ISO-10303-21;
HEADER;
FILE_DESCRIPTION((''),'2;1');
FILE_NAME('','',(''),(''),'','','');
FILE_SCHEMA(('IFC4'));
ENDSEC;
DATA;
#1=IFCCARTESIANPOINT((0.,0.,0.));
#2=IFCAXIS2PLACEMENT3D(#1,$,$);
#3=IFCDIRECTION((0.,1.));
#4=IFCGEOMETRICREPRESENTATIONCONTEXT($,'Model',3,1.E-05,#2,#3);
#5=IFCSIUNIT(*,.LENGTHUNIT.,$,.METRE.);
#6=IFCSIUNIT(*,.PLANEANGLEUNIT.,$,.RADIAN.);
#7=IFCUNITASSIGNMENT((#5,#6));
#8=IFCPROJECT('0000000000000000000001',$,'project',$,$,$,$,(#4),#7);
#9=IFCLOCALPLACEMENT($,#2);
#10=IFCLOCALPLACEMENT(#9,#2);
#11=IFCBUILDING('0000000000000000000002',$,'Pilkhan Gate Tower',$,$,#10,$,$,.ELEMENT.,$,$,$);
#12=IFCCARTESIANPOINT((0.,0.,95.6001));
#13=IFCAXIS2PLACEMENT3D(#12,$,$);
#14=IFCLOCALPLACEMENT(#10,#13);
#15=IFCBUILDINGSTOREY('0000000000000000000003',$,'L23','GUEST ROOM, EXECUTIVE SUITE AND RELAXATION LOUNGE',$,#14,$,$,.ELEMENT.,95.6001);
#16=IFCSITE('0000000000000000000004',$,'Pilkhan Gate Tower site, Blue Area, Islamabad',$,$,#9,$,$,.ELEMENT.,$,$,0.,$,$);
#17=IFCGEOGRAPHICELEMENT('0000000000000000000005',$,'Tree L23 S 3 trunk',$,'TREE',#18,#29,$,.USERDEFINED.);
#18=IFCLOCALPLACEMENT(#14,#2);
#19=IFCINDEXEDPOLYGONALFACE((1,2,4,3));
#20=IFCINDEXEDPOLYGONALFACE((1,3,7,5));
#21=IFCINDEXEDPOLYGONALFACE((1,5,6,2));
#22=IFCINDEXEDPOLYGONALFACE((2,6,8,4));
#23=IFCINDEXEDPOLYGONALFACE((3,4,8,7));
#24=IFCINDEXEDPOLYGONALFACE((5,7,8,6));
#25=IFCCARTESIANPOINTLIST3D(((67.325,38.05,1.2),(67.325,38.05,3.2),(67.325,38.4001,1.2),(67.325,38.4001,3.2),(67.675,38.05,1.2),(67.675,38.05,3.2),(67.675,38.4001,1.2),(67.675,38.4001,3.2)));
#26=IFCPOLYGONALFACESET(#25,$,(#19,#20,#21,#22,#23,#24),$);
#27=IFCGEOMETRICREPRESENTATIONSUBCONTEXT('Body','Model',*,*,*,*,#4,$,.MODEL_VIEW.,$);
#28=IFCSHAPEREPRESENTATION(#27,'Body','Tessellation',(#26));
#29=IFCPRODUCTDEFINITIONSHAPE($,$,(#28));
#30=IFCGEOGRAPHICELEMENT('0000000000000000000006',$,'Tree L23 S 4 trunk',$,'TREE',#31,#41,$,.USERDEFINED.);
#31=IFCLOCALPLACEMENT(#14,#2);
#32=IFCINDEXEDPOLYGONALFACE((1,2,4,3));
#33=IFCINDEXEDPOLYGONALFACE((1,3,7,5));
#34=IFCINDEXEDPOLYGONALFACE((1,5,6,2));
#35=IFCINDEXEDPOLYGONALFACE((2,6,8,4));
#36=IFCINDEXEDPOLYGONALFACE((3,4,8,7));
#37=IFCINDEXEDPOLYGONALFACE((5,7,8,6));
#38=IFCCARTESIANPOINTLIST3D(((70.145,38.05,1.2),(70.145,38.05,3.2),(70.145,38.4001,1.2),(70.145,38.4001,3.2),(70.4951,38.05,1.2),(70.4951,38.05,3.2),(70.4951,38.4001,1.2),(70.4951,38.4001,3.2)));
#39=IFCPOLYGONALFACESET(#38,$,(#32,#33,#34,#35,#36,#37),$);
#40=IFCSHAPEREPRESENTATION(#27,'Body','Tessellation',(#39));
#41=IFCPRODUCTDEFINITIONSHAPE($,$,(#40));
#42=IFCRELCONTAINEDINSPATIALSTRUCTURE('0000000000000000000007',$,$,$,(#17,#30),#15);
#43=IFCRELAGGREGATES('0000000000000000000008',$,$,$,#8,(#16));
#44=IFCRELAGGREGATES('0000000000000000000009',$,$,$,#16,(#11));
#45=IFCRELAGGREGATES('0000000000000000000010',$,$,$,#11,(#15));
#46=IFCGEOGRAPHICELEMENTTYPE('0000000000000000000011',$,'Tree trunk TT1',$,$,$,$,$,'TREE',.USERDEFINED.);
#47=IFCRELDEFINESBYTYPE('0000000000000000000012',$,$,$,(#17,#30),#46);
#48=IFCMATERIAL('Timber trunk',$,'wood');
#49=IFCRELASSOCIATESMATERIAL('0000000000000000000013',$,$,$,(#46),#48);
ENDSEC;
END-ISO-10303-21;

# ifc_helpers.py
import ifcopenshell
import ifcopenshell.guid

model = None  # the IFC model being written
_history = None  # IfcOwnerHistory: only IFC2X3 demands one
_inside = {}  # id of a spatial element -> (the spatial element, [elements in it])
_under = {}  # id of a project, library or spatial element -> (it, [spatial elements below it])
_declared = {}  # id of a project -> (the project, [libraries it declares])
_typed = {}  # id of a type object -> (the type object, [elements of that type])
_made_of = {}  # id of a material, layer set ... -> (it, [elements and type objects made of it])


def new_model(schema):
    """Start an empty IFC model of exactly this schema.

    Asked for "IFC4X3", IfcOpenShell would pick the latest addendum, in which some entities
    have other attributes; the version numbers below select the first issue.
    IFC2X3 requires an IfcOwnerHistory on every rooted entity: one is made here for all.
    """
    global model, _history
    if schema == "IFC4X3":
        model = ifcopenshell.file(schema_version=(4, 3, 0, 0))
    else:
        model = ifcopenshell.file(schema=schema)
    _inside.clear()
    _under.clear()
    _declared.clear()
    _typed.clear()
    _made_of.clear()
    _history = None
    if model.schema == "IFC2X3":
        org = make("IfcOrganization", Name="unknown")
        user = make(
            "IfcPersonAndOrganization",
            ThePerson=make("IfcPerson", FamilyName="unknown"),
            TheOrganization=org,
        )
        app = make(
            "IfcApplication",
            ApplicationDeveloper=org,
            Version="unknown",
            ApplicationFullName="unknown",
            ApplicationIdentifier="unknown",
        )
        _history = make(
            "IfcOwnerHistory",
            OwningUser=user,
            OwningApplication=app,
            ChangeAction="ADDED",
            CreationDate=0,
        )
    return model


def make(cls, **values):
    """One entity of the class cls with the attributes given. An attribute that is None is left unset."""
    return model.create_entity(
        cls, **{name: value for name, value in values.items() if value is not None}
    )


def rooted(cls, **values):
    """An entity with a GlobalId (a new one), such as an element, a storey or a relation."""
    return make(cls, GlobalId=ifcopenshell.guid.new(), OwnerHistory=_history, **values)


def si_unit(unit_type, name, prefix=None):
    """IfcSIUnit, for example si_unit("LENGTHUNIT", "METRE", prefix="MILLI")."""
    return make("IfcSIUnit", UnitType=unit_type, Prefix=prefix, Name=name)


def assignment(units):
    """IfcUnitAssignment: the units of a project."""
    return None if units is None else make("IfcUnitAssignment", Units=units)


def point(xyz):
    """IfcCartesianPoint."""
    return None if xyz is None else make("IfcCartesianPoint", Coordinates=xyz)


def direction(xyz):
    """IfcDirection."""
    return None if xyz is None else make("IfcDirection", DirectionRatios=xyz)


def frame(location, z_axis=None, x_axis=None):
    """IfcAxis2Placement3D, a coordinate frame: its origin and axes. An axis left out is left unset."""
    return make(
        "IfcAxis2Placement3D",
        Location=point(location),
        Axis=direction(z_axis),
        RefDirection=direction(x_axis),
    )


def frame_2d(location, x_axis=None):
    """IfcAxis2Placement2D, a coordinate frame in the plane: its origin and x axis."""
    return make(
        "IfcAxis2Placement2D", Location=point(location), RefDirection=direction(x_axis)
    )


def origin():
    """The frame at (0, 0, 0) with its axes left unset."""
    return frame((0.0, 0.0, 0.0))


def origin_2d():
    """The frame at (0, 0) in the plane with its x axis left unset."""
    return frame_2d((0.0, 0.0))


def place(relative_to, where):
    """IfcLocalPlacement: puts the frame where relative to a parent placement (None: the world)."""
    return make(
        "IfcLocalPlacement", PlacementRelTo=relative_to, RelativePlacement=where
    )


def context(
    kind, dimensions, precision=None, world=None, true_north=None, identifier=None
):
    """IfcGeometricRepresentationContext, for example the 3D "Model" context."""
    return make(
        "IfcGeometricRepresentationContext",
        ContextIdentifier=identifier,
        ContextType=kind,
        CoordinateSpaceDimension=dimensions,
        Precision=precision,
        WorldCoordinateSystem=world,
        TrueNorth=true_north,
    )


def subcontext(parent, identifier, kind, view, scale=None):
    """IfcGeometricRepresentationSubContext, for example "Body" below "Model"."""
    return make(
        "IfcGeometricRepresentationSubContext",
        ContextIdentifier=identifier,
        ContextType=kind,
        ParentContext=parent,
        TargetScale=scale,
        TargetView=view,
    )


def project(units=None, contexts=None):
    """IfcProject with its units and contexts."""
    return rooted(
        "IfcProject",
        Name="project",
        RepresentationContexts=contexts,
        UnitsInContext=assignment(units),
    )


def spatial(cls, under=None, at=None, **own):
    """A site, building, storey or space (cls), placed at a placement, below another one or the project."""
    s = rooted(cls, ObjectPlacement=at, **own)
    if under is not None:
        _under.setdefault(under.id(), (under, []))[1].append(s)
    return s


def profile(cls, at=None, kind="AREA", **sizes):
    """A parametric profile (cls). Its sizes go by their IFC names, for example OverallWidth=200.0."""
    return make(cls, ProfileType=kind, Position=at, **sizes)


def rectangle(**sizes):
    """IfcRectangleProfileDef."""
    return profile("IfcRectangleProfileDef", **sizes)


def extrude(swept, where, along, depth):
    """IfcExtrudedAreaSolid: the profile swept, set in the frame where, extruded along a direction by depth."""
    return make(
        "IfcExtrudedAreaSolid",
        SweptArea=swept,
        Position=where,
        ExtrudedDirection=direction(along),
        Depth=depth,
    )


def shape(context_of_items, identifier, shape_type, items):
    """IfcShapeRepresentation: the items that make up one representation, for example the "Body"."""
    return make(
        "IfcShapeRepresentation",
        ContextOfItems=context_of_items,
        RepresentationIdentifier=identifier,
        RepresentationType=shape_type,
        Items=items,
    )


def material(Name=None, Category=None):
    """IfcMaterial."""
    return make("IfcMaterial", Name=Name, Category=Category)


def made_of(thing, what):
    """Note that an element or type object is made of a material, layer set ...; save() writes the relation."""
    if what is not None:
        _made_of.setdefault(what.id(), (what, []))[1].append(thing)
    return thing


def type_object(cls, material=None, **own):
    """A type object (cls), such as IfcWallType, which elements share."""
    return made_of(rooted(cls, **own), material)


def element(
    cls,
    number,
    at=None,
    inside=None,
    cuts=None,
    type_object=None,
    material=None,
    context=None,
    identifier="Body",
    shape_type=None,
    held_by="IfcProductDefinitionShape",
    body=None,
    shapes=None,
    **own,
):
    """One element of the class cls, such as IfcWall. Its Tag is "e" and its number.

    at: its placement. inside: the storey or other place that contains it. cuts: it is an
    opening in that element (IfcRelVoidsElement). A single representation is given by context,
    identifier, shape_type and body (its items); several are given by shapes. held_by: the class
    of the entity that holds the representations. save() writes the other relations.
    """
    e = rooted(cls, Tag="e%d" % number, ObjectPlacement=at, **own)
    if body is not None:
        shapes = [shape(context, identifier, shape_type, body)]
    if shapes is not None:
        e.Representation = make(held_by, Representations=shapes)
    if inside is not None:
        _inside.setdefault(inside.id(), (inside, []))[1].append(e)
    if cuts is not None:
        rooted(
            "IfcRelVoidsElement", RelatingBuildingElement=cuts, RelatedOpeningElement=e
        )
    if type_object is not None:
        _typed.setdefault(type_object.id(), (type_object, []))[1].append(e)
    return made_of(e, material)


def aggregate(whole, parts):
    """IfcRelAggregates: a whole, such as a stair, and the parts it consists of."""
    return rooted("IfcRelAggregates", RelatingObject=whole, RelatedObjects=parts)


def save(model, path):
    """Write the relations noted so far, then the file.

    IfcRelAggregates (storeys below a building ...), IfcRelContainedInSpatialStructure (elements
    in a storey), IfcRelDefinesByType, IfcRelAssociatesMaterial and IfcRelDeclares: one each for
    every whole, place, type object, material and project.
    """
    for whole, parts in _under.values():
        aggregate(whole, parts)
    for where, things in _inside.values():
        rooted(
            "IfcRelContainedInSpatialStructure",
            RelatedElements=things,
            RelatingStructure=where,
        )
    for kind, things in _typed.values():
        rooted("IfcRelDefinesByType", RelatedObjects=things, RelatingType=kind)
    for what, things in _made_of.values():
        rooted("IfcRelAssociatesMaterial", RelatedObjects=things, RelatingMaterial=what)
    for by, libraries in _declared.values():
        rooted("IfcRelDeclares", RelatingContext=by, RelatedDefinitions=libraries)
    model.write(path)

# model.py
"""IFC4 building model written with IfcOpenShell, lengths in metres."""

from ifc_helpers import new_model, si_unit, direction, frame, origin, origin_2d, place, context, subcontext, project, spatial, rectangle, extrude, material, type_object, element, save


model = new_model("IFC4")

# Units and contexts
model_context = context("Model", 3, precision=1e-05, world=origin(), true_north=direction((0.0, 1.0)))
body_context = subcontext(model_context, "Body", "Model", "MODEL_VIEW")
ifc_project = project(units=[si_unit("LENGTHUNIT", "METRE"), si_unit("PLANEANGLEUNIT", "RADIAN")], contexts=[model_context])

# Site, building, storey
site_placement = place(None, origin())
site = spatial("IfcSite", under=ifc_project, at=site_placement, Name="Pilkhan Gate Tower site, Blue Area, Islamabad", CompositionType="ELEMENT", RefElevation=0.0)
building_placement = place(site_placement, origin())
building = spatial("IfcBuilding", under=site, at=building_placement, Name="Pilkhan Gate Tower", CompositionType="ELEMENT")
storey_placement = place(building_placement, frame((0.0, 0.0, 95.6001)))
storey = spatial("IfcBuildingStorey", under=building, at=storey_placement, Name="L23", Description="GUEST ROOM, EXECUTIVE SUITE AND RELAXATION LOUNGE", CompositionType="ELEMENT", Elevation=95.6001)

# Geographic elements
ifc_material_1 = material(Name="Timber trunk", Category="wood")
geographic_element_type_1 = type_object("IfcGeographicElementType", Name="Tree trunk TT1", ElementType="TREE", PredefinedType="USERDEFINED", material=ifc_material_1)
for number, where, z_axis, x_axis, name in (
    (1, (67.5, 38.2251, 1.2), (0.0, 0.0, 1.0), (1.0, 0.0, 0.0), "Tree L23 S 3 trunk"),
    (2, (70.3201, 38.2251, 1.2), (0.0, 0.0, 1.0), (1.0, 0.0, 0.0), "Tree L23 S 4 trunk"),
):
    element("IfcGeographicElement", number, at=place(storey_placement, frame(where, z_axis=z_axis, x_axis=x_axis)), inside=storey, type_object=geographic_element_type_1, Name=name, ObjectType="TREE", PredefinedType="USERDEFINED", context=body_context, shape_type="SweptSolid", body=[
        extrude(rectangle(XDim=0.3501, YDim=0.3501, at=origin_2d()), origin(), (0.0, 0.0, 1.0), 2.0),
    ])

save(model, "model.ifc")
